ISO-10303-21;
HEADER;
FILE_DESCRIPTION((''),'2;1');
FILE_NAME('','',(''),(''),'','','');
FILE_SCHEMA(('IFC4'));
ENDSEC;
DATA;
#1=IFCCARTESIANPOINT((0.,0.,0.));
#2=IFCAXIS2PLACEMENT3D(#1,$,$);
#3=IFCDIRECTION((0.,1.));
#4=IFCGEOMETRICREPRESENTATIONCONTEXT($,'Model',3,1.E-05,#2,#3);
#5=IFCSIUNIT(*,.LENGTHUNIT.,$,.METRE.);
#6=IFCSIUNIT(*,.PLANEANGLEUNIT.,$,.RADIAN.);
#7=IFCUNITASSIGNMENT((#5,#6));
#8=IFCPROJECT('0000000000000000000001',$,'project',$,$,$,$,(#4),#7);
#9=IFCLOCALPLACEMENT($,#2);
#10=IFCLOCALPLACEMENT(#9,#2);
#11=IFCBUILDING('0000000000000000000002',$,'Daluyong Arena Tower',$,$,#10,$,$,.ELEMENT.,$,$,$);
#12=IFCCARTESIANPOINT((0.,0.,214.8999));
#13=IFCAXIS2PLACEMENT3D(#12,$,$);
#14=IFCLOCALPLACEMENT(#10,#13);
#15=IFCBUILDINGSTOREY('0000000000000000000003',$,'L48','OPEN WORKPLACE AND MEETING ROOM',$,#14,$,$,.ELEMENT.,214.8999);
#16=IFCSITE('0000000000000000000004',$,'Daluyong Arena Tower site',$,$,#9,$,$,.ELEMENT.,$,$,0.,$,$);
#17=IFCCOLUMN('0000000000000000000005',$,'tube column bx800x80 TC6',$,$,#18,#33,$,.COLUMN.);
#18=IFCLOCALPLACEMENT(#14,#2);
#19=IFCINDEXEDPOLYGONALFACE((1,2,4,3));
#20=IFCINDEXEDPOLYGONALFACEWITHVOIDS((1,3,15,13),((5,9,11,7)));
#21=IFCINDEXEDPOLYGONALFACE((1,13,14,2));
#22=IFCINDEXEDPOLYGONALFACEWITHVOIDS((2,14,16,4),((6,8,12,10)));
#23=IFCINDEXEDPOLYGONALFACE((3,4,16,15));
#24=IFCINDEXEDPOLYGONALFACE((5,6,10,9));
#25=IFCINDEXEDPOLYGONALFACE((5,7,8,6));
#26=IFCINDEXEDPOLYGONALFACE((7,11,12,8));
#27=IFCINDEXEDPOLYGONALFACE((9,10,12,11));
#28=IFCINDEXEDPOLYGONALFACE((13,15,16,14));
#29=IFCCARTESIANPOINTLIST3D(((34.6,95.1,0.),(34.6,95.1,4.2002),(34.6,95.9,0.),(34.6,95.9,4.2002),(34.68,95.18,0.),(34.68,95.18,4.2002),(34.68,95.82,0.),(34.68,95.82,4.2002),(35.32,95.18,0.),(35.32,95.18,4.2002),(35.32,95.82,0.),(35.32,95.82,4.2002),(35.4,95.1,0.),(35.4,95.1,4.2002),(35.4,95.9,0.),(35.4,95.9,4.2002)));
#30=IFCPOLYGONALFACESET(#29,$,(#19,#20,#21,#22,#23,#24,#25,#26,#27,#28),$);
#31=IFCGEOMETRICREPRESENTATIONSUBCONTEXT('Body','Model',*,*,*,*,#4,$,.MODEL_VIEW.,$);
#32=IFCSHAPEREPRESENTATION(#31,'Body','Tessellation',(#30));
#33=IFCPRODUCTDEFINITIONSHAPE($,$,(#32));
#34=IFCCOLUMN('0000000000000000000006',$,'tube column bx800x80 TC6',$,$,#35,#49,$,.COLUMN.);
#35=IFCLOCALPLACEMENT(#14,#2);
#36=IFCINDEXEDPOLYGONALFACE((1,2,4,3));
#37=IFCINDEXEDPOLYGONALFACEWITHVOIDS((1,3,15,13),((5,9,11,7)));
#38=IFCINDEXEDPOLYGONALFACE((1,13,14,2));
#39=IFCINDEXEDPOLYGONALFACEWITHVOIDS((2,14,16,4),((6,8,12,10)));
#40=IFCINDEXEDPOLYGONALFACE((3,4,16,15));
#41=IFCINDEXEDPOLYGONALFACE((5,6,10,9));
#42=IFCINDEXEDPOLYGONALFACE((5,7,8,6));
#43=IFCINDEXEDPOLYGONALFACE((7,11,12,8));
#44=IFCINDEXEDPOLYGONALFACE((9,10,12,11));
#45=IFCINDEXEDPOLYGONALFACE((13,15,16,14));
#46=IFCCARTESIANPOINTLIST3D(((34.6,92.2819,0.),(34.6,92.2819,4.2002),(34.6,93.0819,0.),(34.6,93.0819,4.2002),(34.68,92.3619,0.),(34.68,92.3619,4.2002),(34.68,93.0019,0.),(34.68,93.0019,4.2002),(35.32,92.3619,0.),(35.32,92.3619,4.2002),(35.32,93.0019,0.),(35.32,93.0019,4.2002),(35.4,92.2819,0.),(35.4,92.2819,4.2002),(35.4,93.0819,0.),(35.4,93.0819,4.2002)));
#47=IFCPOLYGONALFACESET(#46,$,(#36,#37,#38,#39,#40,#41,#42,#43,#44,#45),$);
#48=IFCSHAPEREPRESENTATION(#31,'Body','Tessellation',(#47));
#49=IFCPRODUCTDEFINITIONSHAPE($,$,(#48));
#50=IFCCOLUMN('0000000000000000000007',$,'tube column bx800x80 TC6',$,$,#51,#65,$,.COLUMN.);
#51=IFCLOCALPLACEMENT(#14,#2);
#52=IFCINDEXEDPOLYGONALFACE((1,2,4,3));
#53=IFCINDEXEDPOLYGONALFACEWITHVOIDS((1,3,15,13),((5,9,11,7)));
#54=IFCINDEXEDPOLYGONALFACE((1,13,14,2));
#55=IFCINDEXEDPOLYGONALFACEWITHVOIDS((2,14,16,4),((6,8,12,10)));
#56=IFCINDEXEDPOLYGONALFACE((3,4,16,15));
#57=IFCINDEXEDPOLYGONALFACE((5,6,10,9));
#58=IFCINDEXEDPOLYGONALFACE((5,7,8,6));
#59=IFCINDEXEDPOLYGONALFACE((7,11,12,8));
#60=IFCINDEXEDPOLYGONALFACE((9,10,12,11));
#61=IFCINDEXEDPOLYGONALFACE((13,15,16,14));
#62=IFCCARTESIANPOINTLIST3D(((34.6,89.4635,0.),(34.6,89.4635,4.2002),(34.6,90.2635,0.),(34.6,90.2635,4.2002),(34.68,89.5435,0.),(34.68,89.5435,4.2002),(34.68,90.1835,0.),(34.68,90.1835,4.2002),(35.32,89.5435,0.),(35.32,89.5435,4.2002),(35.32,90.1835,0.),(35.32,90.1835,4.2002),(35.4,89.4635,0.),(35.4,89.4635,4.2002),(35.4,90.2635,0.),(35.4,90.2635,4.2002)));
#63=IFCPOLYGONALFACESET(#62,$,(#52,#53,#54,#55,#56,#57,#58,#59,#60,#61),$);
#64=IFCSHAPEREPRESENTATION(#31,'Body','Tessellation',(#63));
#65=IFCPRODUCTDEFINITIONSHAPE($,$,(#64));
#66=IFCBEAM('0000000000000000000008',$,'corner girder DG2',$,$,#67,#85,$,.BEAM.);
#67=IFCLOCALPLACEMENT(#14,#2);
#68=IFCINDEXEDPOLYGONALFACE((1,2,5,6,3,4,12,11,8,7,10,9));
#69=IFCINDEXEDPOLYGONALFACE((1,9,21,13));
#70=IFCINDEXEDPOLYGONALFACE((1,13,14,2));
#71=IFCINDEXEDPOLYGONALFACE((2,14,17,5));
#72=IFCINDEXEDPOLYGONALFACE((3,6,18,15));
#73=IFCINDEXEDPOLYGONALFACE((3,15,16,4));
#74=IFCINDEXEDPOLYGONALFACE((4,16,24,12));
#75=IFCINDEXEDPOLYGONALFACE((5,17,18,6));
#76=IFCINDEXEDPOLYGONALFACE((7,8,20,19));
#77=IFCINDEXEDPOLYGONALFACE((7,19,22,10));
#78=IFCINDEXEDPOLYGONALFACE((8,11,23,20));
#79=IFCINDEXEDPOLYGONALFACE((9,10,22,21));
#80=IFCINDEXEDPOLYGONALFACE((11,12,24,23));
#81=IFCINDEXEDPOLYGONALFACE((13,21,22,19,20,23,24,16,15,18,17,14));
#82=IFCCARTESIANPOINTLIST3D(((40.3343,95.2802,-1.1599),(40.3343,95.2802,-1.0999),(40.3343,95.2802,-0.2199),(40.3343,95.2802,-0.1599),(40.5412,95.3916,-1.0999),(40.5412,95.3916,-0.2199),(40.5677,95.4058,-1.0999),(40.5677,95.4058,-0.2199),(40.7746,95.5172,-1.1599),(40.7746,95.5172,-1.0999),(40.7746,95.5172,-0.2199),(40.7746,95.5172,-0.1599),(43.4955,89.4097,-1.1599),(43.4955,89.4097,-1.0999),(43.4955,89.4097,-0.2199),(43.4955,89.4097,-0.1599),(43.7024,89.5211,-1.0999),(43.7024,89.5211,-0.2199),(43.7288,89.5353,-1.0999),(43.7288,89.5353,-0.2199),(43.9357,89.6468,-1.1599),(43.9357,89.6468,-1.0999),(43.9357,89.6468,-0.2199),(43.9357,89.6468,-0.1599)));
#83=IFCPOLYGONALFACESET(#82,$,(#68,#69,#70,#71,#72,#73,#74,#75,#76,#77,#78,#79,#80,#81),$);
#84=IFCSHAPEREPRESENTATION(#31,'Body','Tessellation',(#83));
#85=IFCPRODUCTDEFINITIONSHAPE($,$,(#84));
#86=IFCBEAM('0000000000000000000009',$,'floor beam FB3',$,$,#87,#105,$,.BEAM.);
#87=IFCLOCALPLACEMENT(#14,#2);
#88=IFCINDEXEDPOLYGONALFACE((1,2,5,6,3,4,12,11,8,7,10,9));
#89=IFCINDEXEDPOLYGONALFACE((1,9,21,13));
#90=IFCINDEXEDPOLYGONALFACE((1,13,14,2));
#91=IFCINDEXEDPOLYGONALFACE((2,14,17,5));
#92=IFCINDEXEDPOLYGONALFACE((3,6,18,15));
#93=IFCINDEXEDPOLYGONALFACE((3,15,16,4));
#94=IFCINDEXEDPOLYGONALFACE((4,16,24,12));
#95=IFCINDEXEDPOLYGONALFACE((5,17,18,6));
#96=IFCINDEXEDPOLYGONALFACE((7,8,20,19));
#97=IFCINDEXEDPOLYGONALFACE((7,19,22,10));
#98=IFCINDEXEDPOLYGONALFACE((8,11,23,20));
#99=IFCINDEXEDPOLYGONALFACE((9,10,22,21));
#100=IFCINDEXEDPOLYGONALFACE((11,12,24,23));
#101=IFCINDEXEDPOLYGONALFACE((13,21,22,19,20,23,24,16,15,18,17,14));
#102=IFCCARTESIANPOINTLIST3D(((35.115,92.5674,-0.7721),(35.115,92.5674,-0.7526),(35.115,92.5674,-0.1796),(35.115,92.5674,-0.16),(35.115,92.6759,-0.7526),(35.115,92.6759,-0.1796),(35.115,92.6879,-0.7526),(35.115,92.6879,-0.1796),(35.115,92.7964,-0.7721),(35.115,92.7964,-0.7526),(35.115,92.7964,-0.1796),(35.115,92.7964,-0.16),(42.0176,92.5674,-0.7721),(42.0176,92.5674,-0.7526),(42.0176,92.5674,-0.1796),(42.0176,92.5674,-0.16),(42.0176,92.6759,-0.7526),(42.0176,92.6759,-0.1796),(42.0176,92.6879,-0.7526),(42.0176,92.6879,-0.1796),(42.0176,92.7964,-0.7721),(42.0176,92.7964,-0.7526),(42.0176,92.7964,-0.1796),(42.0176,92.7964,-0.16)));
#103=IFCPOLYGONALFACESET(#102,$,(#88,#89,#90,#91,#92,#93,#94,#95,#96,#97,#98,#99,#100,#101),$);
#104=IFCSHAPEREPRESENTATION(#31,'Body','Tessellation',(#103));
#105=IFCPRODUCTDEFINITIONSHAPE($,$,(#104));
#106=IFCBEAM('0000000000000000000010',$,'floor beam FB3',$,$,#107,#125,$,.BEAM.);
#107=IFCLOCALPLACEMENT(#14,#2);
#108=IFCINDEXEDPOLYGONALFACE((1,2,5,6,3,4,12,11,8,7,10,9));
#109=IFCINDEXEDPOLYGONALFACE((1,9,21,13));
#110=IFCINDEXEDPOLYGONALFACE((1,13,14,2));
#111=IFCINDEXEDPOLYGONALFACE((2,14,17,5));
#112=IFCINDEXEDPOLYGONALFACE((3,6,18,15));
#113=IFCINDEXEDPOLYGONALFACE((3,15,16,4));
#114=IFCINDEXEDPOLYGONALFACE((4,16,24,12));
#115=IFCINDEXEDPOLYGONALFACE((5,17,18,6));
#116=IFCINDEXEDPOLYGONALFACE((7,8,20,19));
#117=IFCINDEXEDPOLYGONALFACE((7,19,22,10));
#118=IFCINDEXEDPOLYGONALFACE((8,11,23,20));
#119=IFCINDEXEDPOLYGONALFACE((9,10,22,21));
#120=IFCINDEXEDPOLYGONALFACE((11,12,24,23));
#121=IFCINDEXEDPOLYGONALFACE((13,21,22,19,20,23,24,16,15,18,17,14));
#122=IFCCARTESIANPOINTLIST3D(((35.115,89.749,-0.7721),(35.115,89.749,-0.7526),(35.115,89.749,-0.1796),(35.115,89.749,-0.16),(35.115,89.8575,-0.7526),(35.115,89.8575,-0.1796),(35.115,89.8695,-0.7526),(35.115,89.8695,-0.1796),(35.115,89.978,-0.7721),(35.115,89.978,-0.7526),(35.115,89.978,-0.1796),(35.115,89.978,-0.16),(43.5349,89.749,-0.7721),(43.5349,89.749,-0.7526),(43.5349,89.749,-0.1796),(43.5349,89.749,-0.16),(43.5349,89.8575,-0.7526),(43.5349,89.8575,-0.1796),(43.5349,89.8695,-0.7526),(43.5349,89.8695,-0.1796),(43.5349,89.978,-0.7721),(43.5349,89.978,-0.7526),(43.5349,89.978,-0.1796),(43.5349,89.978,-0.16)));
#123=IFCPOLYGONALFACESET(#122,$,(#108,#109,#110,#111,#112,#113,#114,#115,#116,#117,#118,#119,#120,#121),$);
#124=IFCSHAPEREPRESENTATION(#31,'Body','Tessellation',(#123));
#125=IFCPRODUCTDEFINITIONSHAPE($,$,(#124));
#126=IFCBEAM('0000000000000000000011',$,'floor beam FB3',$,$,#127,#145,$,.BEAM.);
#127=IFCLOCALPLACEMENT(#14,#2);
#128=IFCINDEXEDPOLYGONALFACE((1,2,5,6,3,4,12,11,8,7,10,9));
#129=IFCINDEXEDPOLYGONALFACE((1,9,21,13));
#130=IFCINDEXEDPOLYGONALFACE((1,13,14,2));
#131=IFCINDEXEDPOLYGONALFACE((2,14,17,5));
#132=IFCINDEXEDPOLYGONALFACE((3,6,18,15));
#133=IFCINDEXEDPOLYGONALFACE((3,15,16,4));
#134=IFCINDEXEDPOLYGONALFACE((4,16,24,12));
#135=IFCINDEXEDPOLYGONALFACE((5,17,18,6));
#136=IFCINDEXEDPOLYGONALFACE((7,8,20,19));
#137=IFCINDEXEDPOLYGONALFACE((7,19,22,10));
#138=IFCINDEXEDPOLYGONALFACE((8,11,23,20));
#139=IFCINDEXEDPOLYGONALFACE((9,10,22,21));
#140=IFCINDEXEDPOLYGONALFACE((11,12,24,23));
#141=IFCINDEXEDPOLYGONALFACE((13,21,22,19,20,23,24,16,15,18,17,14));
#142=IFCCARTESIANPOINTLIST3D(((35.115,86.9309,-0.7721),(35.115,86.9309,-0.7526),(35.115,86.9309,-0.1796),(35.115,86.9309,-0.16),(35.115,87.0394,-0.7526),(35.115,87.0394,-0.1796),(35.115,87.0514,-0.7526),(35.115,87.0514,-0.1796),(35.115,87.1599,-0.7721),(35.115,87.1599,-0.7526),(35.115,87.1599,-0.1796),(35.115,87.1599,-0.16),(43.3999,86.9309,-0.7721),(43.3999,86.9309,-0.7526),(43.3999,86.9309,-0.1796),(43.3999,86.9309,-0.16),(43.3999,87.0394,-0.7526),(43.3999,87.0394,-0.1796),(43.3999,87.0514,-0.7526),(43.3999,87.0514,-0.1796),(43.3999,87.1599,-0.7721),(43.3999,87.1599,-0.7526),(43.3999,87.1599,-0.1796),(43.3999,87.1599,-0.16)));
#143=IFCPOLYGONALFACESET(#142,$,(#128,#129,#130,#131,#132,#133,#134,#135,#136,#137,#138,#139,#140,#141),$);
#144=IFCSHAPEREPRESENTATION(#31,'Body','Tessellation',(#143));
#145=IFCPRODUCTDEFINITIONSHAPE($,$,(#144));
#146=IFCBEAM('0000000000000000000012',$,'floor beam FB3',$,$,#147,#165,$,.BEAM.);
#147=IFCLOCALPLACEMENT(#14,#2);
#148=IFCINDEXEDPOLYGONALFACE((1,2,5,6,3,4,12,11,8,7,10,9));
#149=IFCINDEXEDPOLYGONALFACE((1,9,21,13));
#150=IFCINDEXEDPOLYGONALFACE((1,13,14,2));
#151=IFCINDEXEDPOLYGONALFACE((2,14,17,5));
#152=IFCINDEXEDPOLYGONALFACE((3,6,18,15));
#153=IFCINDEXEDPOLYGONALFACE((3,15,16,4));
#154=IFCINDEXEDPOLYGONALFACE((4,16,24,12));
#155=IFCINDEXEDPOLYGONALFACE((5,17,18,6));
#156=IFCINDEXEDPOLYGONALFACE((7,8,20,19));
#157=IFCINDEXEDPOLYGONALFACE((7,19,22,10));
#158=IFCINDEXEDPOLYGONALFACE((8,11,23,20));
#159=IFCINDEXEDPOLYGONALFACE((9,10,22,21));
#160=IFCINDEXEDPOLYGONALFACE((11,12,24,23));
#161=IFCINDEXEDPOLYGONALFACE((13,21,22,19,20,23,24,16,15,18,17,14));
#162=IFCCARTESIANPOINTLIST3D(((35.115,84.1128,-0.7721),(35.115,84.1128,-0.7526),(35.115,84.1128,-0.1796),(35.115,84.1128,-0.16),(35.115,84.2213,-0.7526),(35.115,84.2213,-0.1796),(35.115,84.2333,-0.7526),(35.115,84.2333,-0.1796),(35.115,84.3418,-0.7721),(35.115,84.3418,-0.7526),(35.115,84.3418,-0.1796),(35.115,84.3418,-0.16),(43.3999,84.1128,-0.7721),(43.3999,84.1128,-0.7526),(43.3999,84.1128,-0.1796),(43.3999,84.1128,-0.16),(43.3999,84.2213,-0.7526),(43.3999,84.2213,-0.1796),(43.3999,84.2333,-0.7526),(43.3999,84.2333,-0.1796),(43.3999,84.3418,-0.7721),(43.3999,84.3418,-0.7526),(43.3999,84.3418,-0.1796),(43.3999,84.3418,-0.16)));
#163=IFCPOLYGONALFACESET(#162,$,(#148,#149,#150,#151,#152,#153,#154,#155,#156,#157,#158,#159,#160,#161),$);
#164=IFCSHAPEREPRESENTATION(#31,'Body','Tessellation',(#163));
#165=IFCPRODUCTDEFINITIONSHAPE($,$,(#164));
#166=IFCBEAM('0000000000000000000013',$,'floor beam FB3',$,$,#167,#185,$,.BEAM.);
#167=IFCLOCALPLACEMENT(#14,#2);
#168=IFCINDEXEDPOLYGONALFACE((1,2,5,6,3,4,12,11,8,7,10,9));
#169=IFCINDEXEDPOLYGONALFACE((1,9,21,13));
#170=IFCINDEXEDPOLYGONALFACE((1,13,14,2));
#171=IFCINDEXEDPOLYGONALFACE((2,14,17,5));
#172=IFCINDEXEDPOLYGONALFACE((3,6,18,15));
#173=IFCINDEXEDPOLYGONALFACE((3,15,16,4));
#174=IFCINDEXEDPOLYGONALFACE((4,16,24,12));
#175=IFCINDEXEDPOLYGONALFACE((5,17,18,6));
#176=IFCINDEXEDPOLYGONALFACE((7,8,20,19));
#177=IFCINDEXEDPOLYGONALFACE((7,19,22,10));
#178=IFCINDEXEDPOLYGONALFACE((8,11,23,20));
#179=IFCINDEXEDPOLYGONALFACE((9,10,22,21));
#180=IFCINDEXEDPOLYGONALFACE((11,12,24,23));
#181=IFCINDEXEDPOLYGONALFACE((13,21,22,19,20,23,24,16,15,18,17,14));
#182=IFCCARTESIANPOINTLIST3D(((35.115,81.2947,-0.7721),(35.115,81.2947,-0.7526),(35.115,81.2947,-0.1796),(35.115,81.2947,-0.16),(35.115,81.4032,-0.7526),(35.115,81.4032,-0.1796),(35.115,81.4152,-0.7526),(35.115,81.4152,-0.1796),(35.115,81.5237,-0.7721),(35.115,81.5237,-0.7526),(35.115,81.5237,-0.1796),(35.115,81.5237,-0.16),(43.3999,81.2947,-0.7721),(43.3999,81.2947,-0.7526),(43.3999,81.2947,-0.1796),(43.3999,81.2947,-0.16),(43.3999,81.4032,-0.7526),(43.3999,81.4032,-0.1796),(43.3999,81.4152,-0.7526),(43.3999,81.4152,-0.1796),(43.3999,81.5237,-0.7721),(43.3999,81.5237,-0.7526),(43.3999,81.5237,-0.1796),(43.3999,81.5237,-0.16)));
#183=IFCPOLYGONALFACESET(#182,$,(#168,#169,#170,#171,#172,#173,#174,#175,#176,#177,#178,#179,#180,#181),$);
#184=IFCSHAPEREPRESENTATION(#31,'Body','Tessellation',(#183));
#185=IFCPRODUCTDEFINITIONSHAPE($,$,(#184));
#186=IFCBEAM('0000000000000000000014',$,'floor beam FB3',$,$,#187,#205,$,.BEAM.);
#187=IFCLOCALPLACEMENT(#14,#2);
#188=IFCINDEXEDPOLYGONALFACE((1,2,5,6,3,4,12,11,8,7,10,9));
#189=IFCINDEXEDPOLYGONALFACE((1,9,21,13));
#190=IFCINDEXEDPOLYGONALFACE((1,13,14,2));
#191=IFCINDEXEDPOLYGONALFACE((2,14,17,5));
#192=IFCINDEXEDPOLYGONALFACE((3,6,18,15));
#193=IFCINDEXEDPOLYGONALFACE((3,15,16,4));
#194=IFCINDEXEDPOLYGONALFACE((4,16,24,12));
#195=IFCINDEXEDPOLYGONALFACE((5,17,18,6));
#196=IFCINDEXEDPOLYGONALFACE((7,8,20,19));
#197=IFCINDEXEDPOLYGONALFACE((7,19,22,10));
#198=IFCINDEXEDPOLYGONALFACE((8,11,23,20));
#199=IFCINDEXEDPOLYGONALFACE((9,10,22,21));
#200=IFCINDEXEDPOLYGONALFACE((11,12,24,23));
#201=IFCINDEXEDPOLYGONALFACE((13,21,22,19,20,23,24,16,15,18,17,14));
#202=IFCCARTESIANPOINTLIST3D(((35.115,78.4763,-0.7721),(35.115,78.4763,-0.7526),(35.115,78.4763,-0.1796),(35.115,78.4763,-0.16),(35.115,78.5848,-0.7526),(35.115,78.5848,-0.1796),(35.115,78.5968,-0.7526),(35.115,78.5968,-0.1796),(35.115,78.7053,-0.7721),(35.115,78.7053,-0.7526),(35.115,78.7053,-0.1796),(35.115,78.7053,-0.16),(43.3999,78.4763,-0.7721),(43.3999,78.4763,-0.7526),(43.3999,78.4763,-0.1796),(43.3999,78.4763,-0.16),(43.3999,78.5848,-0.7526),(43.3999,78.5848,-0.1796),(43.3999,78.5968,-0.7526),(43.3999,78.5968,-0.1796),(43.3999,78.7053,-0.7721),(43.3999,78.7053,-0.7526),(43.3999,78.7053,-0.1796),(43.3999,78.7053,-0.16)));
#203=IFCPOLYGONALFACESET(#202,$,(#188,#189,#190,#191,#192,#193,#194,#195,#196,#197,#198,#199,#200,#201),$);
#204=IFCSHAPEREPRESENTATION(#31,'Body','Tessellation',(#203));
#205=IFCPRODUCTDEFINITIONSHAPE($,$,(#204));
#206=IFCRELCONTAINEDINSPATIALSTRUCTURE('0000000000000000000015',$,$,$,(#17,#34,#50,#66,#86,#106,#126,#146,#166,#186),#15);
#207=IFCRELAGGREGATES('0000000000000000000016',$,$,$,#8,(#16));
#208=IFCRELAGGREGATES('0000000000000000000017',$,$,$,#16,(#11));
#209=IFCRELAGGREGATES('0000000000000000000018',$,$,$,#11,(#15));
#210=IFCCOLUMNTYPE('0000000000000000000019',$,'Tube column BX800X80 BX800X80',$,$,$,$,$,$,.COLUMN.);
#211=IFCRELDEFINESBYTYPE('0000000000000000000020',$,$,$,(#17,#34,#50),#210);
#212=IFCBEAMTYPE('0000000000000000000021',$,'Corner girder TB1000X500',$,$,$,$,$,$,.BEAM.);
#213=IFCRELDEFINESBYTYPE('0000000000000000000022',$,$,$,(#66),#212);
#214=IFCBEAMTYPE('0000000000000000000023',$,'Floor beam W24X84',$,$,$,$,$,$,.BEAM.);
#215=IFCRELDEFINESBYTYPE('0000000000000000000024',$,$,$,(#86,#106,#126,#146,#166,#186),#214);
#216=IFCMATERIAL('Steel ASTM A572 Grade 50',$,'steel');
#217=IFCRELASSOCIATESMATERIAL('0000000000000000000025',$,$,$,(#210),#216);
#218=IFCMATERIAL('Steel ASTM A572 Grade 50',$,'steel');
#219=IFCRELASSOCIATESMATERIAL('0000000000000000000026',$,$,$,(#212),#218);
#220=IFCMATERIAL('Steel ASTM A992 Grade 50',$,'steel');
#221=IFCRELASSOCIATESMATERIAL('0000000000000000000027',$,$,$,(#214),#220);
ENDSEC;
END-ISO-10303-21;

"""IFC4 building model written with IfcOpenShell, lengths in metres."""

from ifc_helpers import new_model, si_unit, direction, frame, origin, origin_2d, place, context, subcontext, project, spatial, hollow_rectangle, i_section, extrude, material, material_profile, profile_set, type_object, element, save


model = new_model("IFC4")

# Units and contexts
model_context = context("Model", 3, precision=1e-05, world=origin(), true_north=direction((0.0, 1.0)))
body_context = subcontext(model_context, "Body", "Model", "MODEL_VIEW")
ifc_project = project(units=[si_unit("LENGTHUNIT", "METRE"), si_unit("PLANEANGLEUNIT", "RADIAN")], contexts=[model_context])

# Site, building, storey
site_placement = place(None, origin())
site = spatial("IfcSite", under=ifc_project, at=site_placement, Name="Daluyong Arena Tower site", CompositionType="ELEMENT", RefElevation=0.0)
building_placement = place(site_placement, origin())
building = spatial("IfcBuilding", under=site, at=building_placement, Name="Daluyong Arena Tower", CompositionType="ELEMENT")
storey_placement = place(building_placement, frame((0.0, 0.0, 214.8999)))
storey = spatial("IfcBuildingStorey", under=building, at=storey_placement, Name="L48", Description="OPEN WORKPLACE AND MEETING ROOM", CompositionType="ELEMENT", Elevation=214.8999)

# Columns
ifc_material_1 = material(Name="Steel ASTM A572 Grade 50", Category="steel")
ifc_material_profile_1 = material_profile(ifc_material_1, hollow_rectangle(XDim=0.8, YDim=0.8, WallThickness=0.08, at=origin_2d()))
ifc_profile_set_1 = profile_set([ifc_material_profile_1], Name="Steel ASTM A572 Grade 50")
column_type = type_object("IfcColumnType", Name="Tube column BX800X80 BX800X80", PredefinedType="COLUMN", material=ifc_profile_set_1)
for number, where, z_axis, x_axis, name in (
    (1, (35.0, 95.5, 0.0), (0.0, 0.0, 1.0), (0.0, 1.0, 0.0), "tube column bx800x80 TC6"),
    (2, (35.0, 92.6819, 0.0), (0.0, 0.0, 1.0), (0.0, 1.0, 0.0), "tube column bx800x80 TC6"),
    (3, (35.0, 89.8635, 0.0), (0.0, 0.0, 1.0), (0.0, 1.0, 0.0), "tube column bx800x80 TC6"),
):
    element("IfcColumn", number, at=place(storey_placement, frame(where, z_axis=z_axis, x_axis=x_axis)), inside=storey, type_object=column_type, Name=name, PredefinedType="COLUMN", context=body_context, shape_type="SweptSolid", body=[
        extrude(hollow_rectangle(XDim=0.8, YDim=0.8, WallThickness=0.08, at=origin_2d()), origin(), (0.0, 0.0, 1.0), 4.2002),
    ])

# Beams
ifc_material_2 = material(Name="Steel ASTM A572 Grade 50", Category="steel")
ifc_material_profile_2 = material_profile(ifc_material_2, i_section(OverallWidth=0.5, OverallDepth=1.0, WebThickness=0.03, FlangeThickness=0.06, at=origin_2d()))
ifc_profile_set_2 = profile_set([ifc_material_profile_2], Name="Steel ASTM A572 Grade 50")
beam_type_1 = type_object("IfcBeamType", Name="Corner girder TB1000X500", PredefinedType="BEAM", material=ifc_profile_set_2)
beam_1_placement = place(storey_placement, frame((40.5544, 95.3987, -0.6599), z_axis=(0.474119, -0.880461, 0.0), x_axis=(0.880461, 0.474119, 0.0)))
element("IfcBeam", 4, at=beam_1_placement, inside=storey, type_object=beam_type_1, Name="corner girder DG2", PredefinedType="BEAM", context=body_context, shape_type="SweptSolid", body=[
    extrude(i_section(OverallWidth=0.5, OverallDepth=1.0, WebThickness=0.03, FlangeThickness=0.06, at=origin_2d()), origin(), (0.0, 0.0, 1.0), 6.6675),
])
ifc_material_3 = material(Name="Steel ASTM A992 Grade 50", Category="steel")
ifc_material_profile_3 = material_profile(ifc_material_3, i_section(OverallWidth=0.229, OverallDepth=0.6121, WebThickness=0.012, FlangeThickness=0.0195, at=origin_2d()))
ifc_profile_set_3 = profile_set([ifc_material_profile_3], Name="Steel ASTM A992 Grade 50")
beam_type_2 = type_object("IfcBeamType", Name="Floor beam W24X84", PredefinedType="BEAM", material=ifc_profile_set_3)
beam_2_placement = place(storey_placement, frame((35.115, 92.6819, -0.4661), z_axis=(1.0, 0.0, 0.0), x_axis=(0.0, 1.0, 0.0)))
element("IfcBeam", 5, at=beam_2_placement, inside=storey, type_object=beam_type_2, Name="floor beam FB3", PredefinedType="BEAM", context=body_context, shape_type="SweptSolid", body=[
    extrude(i_section(OverallWidth=0.229, OverallDepth=0.6121, WebThickness=0.012, FlangeThickness=0.0195, at=origin_2d()), origin(), (0.0, 0.0, 1.0), 6.9026),
])
beam_3_placement = place(storey_placement, frame((35.115, 89.8635, -0.4661), z_axis=(1.0, 0.0, 0.0), x_axis=(0.0, 1.0, 0.0)))
element("IfcBeam", 6, at=beam_3_placement, inside=storey, type_object=beam_type_2, Name="floor beam FB3", PredefinedType="BEAM", context=body_context, shape_type="SweptSolid", body=[
    extrude(i_section(OverallWidth=0.229, OverallDepth=0.6121, WebThickness=0.012, FlangeThickness=0.0195, at=origin_2d()), origin(), (0.0, 0.0, 1.0), 8.4199),
])
for number, where, z_axis, x_axis, name in (
    (7, (35.115, 87.0454, -0.4661), (1.0, 0.0, 0.0), (0.0, 1.0, 0.0), "floor beam FB3"),
    (8, (35.115, 84.2273, -0.4661), (1.0, 0.0, 0.0), (0.0, 1.0, 0.0), "floor beam FB3"),
    (9, (35.115, 81.4092, -0.4661), (1.0, 0.0, 0.0), (0.0, 1.0, 0.0), "floor beam FB3"),
    (10, (35.115, 78.5908, -0.4661), (1.0, 0.0, 0.0), (0.0, 1.0, 0.0), "floor beam FB3"),
):
    element("IfcBeam", number, at=place(storey_placement, frame(where, z_axis=z_axis, x_axis=x_axis)), inside=storey, type_object=beam_type_2, Name=name, PredefinedType="BEAM", context=body_context, shape_type="SweptSolid", body=[
        extrude(i_section(OverallWidth=0.229, OverallDepth=0.6121, WebThickness=0.012, FlangeThickness=0.0195, at=origin_2d()), origin(), (0.0, 0.0, 1.0), 8.2849),
    ])

save(model, "model.ifc")
